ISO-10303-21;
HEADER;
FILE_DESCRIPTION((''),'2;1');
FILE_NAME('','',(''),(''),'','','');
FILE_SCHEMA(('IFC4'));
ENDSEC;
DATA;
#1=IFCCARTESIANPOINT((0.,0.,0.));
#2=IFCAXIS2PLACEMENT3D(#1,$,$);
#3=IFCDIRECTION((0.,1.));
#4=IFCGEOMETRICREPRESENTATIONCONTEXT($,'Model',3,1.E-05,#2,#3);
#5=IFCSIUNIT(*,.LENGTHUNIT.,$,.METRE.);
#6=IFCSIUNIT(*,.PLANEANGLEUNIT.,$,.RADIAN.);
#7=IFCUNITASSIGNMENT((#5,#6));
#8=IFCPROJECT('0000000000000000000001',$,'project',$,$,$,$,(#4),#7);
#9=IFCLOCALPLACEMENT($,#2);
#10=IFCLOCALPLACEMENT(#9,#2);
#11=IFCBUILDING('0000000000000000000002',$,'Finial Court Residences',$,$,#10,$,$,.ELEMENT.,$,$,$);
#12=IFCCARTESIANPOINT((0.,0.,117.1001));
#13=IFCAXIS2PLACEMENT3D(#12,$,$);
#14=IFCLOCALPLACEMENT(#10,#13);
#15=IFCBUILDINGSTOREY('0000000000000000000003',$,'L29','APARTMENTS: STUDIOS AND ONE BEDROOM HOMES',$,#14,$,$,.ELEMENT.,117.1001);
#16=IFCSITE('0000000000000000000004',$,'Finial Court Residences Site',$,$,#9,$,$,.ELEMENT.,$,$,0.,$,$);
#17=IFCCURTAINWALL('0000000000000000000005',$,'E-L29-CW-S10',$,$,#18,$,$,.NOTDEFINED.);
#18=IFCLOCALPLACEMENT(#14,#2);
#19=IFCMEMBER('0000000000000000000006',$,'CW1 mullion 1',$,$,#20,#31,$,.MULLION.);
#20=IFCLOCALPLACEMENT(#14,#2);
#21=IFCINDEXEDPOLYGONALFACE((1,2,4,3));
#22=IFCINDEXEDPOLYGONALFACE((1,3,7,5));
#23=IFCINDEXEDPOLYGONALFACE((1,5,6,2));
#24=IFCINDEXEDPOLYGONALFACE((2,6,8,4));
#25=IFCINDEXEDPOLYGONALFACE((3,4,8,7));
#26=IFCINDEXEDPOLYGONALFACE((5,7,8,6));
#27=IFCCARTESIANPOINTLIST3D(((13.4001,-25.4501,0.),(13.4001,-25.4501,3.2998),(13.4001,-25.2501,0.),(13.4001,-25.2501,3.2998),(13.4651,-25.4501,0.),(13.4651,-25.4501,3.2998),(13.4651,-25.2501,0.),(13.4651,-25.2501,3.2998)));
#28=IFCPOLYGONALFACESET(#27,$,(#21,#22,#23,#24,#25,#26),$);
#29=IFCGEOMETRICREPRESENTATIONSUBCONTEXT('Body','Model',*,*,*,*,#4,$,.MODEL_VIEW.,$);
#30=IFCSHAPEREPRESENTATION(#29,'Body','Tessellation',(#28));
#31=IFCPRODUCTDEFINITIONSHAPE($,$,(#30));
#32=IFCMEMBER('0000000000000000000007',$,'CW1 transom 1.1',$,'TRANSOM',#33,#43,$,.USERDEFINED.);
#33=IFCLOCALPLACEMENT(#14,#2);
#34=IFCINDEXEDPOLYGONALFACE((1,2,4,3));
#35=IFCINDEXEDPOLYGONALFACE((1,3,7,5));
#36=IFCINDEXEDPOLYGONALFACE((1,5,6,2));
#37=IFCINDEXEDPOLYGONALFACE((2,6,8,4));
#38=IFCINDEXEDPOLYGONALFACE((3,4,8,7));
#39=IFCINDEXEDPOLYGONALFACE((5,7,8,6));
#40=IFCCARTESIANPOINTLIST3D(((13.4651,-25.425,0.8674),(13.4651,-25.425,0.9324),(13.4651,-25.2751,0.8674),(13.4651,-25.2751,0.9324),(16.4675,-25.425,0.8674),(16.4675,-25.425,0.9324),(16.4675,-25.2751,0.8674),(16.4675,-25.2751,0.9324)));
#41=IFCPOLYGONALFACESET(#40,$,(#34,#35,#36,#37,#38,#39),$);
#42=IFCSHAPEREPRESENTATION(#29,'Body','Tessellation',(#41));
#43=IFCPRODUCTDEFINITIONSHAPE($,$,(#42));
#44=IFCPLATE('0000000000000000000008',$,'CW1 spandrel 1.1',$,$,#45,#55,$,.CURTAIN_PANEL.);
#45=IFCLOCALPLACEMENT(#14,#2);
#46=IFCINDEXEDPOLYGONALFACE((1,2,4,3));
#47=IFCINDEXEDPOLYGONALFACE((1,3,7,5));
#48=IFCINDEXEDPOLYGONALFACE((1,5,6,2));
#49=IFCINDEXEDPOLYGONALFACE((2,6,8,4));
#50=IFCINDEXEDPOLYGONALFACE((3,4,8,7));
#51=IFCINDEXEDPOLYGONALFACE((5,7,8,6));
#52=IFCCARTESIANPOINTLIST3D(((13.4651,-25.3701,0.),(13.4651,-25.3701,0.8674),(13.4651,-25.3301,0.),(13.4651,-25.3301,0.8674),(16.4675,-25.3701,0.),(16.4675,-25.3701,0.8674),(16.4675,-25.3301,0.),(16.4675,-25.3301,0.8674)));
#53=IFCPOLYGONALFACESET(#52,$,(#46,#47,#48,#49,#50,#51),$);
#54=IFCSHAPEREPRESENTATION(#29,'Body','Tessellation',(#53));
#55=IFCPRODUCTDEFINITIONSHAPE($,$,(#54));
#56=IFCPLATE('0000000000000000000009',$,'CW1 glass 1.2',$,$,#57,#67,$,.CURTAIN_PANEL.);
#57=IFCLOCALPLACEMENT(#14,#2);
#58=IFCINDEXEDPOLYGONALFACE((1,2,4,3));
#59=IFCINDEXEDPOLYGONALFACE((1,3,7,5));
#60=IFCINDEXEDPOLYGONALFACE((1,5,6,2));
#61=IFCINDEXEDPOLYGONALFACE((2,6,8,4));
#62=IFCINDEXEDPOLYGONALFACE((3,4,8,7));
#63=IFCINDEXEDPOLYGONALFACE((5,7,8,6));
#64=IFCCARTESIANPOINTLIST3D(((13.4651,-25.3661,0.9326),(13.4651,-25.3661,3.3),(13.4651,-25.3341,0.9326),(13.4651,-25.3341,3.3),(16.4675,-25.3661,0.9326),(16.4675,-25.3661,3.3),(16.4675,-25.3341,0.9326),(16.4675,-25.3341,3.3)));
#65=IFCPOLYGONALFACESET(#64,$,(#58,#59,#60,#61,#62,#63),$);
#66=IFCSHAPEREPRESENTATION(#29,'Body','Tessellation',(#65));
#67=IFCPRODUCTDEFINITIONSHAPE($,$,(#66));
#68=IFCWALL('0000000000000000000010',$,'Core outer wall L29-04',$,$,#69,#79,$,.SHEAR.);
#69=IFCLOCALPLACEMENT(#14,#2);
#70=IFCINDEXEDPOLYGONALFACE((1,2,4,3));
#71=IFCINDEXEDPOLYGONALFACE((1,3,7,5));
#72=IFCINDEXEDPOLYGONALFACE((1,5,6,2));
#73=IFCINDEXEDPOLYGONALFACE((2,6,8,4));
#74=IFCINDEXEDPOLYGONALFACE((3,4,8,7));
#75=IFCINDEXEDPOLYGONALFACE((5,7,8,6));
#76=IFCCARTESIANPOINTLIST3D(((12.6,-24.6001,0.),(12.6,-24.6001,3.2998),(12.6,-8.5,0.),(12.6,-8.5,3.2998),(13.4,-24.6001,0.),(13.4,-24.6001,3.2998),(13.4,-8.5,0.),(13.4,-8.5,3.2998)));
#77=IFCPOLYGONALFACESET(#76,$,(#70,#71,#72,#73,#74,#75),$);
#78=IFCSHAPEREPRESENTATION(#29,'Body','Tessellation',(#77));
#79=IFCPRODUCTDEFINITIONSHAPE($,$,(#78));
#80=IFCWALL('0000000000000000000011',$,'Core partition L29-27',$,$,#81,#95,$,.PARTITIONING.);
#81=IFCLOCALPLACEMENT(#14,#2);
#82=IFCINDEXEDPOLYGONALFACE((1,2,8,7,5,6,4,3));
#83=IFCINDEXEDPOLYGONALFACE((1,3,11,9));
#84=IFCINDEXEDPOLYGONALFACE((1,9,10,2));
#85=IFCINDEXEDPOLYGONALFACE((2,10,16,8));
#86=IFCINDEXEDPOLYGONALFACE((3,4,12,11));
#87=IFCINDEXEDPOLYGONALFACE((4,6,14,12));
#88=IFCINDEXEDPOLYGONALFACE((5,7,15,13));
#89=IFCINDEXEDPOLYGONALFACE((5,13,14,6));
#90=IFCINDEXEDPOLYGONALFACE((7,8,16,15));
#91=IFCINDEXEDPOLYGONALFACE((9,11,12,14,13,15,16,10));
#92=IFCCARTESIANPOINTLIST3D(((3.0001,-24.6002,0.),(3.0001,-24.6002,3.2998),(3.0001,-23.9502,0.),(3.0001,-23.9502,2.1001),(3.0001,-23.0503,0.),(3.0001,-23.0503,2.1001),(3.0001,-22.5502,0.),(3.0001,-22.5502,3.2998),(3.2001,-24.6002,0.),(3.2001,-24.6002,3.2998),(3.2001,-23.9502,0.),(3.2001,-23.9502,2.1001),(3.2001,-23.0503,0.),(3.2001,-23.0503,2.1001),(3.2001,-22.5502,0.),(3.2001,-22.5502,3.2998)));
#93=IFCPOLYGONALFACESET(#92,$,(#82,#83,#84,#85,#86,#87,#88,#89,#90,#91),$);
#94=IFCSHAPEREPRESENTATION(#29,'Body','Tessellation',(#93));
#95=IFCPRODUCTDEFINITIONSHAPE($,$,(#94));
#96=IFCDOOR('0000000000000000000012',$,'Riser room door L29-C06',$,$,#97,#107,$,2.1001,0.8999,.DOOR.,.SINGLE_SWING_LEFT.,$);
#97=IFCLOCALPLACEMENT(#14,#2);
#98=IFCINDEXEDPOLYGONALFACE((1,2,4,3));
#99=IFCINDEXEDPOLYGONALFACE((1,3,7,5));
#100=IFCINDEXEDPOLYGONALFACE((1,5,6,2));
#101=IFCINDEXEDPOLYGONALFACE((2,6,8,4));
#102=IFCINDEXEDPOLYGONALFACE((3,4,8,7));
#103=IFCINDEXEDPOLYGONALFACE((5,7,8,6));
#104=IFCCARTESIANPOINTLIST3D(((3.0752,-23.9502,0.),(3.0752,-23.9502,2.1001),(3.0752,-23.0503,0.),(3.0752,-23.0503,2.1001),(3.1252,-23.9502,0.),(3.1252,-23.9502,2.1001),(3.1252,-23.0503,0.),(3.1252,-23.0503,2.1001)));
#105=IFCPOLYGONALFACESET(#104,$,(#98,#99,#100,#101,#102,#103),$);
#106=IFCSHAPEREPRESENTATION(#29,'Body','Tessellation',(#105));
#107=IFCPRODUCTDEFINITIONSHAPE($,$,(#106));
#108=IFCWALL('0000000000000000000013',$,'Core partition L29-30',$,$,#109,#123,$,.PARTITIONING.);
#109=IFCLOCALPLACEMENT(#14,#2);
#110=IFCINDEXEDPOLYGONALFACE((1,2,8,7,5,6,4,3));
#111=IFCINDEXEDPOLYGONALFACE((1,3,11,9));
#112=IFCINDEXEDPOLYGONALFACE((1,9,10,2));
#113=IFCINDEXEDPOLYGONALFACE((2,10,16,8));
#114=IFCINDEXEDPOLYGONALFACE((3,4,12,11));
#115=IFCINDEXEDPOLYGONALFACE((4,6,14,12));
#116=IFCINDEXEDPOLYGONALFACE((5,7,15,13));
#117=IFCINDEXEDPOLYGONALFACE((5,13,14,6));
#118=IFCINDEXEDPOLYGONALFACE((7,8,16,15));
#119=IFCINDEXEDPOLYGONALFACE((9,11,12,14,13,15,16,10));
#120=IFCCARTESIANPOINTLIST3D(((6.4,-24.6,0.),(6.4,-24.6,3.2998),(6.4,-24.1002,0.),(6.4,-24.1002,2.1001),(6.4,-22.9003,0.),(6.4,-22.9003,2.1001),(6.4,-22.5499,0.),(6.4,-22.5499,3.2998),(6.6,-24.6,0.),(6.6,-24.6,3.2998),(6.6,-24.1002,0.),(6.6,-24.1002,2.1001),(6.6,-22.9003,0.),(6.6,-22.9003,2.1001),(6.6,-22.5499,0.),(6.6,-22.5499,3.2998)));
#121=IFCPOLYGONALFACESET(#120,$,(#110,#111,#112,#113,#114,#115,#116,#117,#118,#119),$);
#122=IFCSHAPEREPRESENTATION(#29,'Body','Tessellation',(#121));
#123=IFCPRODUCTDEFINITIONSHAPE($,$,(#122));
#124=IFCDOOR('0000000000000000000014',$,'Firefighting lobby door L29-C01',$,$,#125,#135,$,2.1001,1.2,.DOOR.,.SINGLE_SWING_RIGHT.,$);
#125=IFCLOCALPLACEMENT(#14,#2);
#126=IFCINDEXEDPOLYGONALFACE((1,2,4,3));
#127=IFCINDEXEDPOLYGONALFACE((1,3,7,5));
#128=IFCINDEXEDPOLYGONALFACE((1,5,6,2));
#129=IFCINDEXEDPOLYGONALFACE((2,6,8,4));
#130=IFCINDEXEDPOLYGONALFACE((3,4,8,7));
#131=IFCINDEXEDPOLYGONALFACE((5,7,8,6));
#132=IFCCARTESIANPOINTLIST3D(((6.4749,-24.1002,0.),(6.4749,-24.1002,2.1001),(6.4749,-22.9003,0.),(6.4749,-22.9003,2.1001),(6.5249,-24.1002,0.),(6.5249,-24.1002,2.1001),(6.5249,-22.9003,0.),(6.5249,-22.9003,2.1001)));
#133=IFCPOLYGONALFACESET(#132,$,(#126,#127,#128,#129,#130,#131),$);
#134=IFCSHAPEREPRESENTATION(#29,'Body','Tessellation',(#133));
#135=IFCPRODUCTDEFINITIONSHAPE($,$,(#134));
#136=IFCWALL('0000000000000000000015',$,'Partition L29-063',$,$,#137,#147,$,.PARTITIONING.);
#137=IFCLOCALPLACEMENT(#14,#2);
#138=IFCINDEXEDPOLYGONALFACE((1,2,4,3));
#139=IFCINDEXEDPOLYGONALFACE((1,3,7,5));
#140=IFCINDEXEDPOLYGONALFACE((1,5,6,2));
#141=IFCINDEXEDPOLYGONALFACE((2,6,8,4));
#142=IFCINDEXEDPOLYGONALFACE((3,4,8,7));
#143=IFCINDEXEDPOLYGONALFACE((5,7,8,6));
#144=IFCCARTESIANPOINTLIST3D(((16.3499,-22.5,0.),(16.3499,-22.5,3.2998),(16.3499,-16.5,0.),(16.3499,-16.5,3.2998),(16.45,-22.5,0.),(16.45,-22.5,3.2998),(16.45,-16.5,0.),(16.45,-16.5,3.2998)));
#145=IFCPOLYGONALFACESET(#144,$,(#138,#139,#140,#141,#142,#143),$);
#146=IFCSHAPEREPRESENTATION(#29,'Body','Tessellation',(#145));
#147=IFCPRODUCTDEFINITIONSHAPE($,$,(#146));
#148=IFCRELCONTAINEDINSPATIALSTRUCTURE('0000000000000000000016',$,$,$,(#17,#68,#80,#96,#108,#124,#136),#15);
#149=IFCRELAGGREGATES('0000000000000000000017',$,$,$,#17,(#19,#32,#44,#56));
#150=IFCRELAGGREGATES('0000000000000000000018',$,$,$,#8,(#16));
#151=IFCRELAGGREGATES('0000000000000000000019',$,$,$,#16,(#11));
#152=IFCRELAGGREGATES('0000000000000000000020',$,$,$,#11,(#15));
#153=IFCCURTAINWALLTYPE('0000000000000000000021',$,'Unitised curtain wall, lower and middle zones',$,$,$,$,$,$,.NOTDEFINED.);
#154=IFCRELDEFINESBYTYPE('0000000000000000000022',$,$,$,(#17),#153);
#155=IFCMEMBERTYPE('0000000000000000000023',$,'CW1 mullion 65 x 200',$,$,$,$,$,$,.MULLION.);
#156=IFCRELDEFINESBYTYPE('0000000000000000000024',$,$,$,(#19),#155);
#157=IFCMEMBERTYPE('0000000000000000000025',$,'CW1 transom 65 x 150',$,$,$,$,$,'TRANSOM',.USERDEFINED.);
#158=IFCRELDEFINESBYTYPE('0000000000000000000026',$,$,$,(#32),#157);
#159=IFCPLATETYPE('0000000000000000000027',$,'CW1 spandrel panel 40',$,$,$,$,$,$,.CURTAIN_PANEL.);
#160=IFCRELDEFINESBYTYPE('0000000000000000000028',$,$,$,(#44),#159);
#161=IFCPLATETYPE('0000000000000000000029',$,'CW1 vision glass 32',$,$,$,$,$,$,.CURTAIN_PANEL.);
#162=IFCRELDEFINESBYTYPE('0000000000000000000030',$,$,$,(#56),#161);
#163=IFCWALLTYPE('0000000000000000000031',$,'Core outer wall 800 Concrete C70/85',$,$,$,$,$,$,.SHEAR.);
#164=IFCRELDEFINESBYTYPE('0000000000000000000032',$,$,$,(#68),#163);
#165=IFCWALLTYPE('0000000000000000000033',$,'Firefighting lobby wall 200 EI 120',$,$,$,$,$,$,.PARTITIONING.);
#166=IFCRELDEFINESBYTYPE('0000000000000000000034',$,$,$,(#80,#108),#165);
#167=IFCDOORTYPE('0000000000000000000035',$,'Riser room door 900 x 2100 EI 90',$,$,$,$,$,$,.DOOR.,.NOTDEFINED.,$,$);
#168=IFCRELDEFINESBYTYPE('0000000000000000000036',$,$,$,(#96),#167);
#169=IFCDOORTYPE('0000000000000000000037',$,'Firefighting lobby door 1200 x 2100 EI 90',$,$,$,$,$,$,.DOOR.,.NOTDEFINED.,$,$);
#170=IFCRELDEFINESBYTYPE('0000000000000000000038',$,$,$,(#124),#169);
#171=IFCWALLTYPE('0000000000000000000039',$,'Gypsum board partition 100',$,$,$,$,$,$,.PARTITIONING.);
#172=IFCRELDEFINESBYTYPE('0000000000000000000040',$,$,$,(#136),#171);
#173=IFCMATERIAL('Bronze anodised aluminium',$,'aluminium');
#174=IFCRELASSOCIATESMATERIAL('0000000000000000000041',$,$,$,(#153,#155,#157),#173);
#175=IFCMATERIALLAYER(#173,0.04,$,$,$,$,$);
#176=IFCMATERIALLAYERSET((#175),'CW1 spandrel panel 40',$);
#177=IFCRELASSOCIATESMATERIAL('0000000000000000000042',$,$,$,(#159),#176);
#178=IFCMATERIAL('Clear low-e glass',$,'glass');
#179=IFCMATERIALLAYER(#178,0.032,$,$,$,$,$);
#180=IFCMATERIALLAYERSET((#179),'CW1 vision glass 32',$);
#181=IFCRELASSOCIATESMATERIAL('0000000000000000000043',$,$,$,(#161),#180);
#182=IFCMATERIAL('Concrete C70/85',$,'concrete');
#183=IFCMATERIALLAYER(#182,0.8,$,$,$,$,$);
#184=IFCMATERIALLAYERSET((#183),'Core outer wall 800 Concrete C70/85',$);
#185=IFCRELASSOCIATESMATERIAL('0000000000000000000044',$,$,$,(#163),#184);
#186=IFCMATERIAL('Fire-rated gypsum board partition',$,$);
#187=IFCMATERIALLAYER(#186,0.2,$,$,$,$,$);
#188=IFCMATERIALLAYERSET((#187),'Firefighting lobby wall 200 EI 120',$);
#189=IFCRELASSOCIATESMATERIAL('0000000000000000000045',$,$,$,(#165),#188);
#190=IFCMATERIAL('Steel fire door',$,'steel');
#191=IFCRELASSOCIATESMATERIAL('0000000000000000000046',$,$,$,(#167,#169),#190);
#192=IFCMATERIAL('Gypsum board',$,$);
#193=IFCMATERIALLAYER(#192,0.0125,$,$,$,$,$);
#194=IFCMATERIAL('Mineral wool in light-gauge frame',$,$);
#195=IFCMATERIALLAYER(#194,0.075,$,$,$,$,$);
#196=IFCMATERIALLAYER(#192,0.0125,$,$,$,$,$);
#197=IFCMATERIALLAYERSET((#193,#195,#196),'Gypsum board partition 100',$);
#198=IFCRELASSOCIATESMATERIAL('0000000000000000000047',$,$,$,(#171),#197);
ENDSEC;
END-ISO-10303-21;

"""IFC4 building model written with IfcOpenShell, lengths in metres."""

from ifc_helpers import new_model, si_unit, direction, frame, frame_2d, origin, origin_2d, place, context, subcontext, project, spatial, rectangle, extrude, material, layer, layer_set, material_profile, profile_set, type_object, element, fill, aggregate, save


model = new_model("IFC4")

# Units and contexts
model_context = context("Model", 3, precision=1e-05, world=origin(), true_north=direction((0.0, 1.0)))
body_context = subcontext(model_context, "Body", "Model", "MODEL_VIEW")
ifc_project = project(units=[si_unit("LENGTHUNIT", "METRE"), si_unit("PLANEANGLEUNIT", "RADIAN")], contexts=[model_context])

# Site, building, storey
site_placement = place(None, origin())
site = spatial("IfcSite", under=ifc_project, at=site_placement, Name="Finial Court Residences Site", CompositionType="ELEMENT", RefElevation=0.0)
building_placement = place(site_placement, origin())
building = spatial("IfcBuilding", under=site, at=building_placement, Name="Finial Court Residences", CompositionType="ELEMENT")
storey_placement = place(building_placement, frame((0.0, 0.0, 117.1001)))
storey = spatial("IfcBuildingStorey", under=building, at=storey_placement, Name="L29", Description="APARTMENTS: STUDIOS AND ONE BEDROOM HOMES", CompositionType="ELEMENT", Elevation=117.1001)

# Curtain wall, members, plates
ifc_material_1 = material(Name="Bronze anodised aluminium", Category="aluminium")
curtain_wall_type = type_object("IfcCurtainWallType", Name="Unitised curtain wall, lower and middle zones", PredefinedType="NOTDEFINED", material=ifc_material_1)
curtain_wall_placement = place(storey_placement, origin())
curtain_wall = element("IfcCurtainWall", 1, at=curtain_wall_placement, inside=storey, type_object=curtain_wall_type, Name="E-L29-CW-S10", PredefinedType="NOTDEFINED")
ifc_material_profile_1 = material_profile(ifc_material_1, rectangle(XDim=0.2, YDim=0.0649, at=origin_2d()), Name="CW1 mullion 65 x 200")
ifc_profile_set_1 = profile_set([ifc_material_profile_1], Name="Bronze anodised aluminium")
member_type_1 = type_object("IfcMemberType", Name="CW1 mullion 65 x 200", PredefinedType="MULLION", material=ifc_profile_set_1)
member_1_placement = place(storey_placement, frame((13.4326, -25.3501, 0.0), z_axis=(0.0, 0.0, 1.0), x_axis=(0.0, 1.0, 0.0)))
member_1 = element("IfcMember", 2, at=member_1_placement, type_object=member_type_1, Name="CW1 mullion 1", PredefinedType="MULLION", context=body_context, shape_type="SweptSolid", body=[
    extrude(rectangle(XDim=0.2, YDim=0.0649, at=origin_2d()), origin(), (0.0, 0.0, 1.0), 3.2998),
])
ifc_material_profile_2 = material_profile(ifc_material_1, rectangle(XDim=0.1499, YDim=0.0649, at=origin_2d()), Name="CW1 transom 65 x 150")
ifc_profile_set_2 = profile_set([ifc_material_profile_2], Name="Bronze anodised aluminium")
member_type_2 = type_object("IfcMemberType", Name="CW1 transom 65 x 150", ElementType="TRANSOM", PredefinedType="USERDEFINED", material=ifc_profile_set_2)
member_2_placement = place(storey_placement, frame((13.4651, -25.3501, 0.8999), z_axis=(1.0, 0.0, 0.0), x_axis=(0.0, 1.0, 0.0)))
member_2 = element("IfcMember", 3, at=member_2_placement, type_object=member_type_2, Name="CW1 transom 1.1", ObjectType="TRANSOM", PredefinedType="USERDEFINED", context=body_context, shape_type="SweptSolid", body=[
    extrude(rectangle(XDim=0.1499, YDim=0.0649, at=origin_2d()), origin(), (0.0, 0.0, 1.0), 3.0024),
])
ifc_layer_1 = layer(ifc_material_1, 0.04)
ifc_layer_set_1 = layer_set([ifc_layer_1], Name="CW1 spandrel panel 40")
plate_type_1 = type_object("IfcPlateType", Name="CW1 spandrel panel 40", PredefinedType="CURTAIN_PANEL", material=ifc_layer_set_1)
plate_1_placement = place(storey_placement, frame((14.9663, -25.3501, 0.0), z_axis=(0.0, 0.0, 1.0), x_axis=(1.0, 0.0, 0.0)))
plate_1 = element("IfcPlate", 4, at=plate_1_placement, type_object=plate_type_1, Name="CW1 spandrel 1.1", PredefinedType="CURTAIN_PANEL", context=body_context, shape_type="SweptSolid", body=[
    extrude(rectangle(XDim=3.0024, YDim=0.04, at=origin_2d()), origin(), (0.0, 0.0, 1.0), 0.8674),
])
ifc_material_2 = material(Name="Clear low-e glass", Category="glass")
ifc_layer_2 = layer(ifc_material_2, 0.032)
ifc_layer_set_2 = layer_set([ifc_layer_2], Name="CW1 vision glass 32")
plate_type_2 = type_object("IfcPlateType", Name="CW1 vision glass 32", PredefinedType="CURTAIN_PANEL", material=ifc_layer_set_2)
plate_2_placement = place(storey_placement, frame((14.9663, -25.3501, 0.9326), z_axis=(0.0, 0.0, 1.0), x_axis=(1.0, 0.0, 0.0)))
plate_2 = element("IfcPlate", 5, at=plate_2_placement, type_object=plate_type_2, Name="CW1 glass 1.2", PredefinedType="CURTAIN_PANEL", context=body_context, shape_type="SweptSolid", body=[
    extrude(rectangle(XDim=3.0024, YDim=0.032, at=origin_2d()), origin(), (0.0, 0.0, 1.0), 2.3674),
])
aggregate(curtain_wall, [member_1, member_2, plate_1, plate_2])

# Wall
ifc_material_3 = material(Name="Concrete C70/85", Category="concrete")
ifc_layer_3 = layer(ifc_material_3, 0.8)
ifc_layer_set_3 = layer_set([ifc_layer_3], Name="Core outer wall 800 Concrete C70/85")
wall_type_1 = type_object("IfcWallType", Name="Core outer wall 800 Concrete C70/85", PredefinedType="SHEAR", material=ifc_layer_set_3)
wall_1_placement = place(storey_placement, frame((13.0, -24.6001, 0.0), z_axis=(0.0, 0.0, 1.0), x_axis=(0.0, 1.0, 0.0)))
element("IfcWall", 6, at=wall_1_placement, inside=storey, type_object=wall_type_1, Name="Core outer wall L29-04", PredefinedType="SHEAR", context=body_context, shape_type="SweptSolid", body=[
    extrude(rectangle(XDim=16.1001, YDim=0.8, at=frame_2d((8.05, 0.0))), origin(), (0.0, 0.0, 1.0), 3.2998),
])

# Walls, openings, doors
ifc_material_4 = material(Name="Fire-rated gypsum board partition")
ifc_layer_4 = layer(ifc_material_4, 0.2)
ifc_layer_set_4 = layer_set([ifc_layer_4], Name="Firefighting lobby wall 200 EI 120")
wall_type_2 = type_object("IfcWallType", Name="Firefighting lobby wall 200 EI 120", PredefinedType="PARTITIONING", material=ifc_layer_set_4)
wall_2_placement = place(storey_placement, frame((3.1001, -24.6001, 0.0), z_axis=(0.0, 0.0, 1.0), x_axis=(0.0, 1.0, 0.0)))
wall_2 = element("IfcWall", 7, at=wall_2_placement, inside=storey, type_object=wall_type_2, Name="Core partition L29-27", PredefinedType="PARTITIONING", context=body_context, shape_type="SweptSolid", body=[
    extrude(rectangle(XDim=2.05, YDim=0.2, at=frame_2d((1.0249, 0.0))), origin(), (0.0, 0.0, 1.0), 3.2998),
])
opening_1_placement = place(wall_2_placement, frame((0.6499, 0.0, 0.0)))
opening_1 = element("IfcOpeningElement", 8, at=opening_1_placement, cuts=wall_2, PredefinedType="OPENING", context=body_context, shape_type="SweptSolid", body=[
    extrude(rectangle(XDim=0.8999, YDim=2.1001, at=frame_2d((0.45, 1.05))), frame((0.0, 0.1099, 0.0), z_axis=(0.0, -1.0, 0.0), x_axis=(1.0, 0.0, 0.0)), (0.0, 0.0, 1.0), 0.22),
])
ifc_material_5 = material(Name="Steel fire door", Category="steel")
door_type_1 = type_object("IfcDoorType", Name="Riser room door 900 x 2100 EI 90", OperationType="NOTDEFINED", PredefinedType="DOOR", material=ifc_material_5)
door_1_placement = place(opening_1_placement, origin())
door_1 = element("IfcDoor", 9, at=door_1_placement, inside=storey, type_object=door_type_1, Name="Riser room door L29-C06", OperationType="SINGLE_SWING_LEFT", OverallHeight=2.1001, OverallWidth=0.8999, PredefinedType="DOOR", context=body_context, shape_type="SweptSolid", body=[
    extrude(rectangle(XDim=0.8999, YDim=2.1001, at=frame_2d((0.45, 1.05))), frame((0.0, 0.0249, 0.0), z_axis=(0.0, -1.0, 0.0), x_axis=(1.0, 0.0, 0.0)), (0.0, 0.0, 1.0), 0.05),
])
fill(opening_1, door_1)
wall_3_placement = place(storey_placement, frame((6.5, -22.55, 0.0), z_axis=(0.0, 0.0, 1.0), x_axis=(0.0, -1.0, 0.0)))
wall_3 = element("IfcWall", 10, at=wall_3_placement, inside=storey, type_object=wall_type_2, Name="Core partition L29-30", PredefinedType="PARTITIONING", context=body_context, shape_type="SweptSolid", body=[
    extrude(rectangle(XDim=2.05, YDim=0.2, at=frame_2d((1.0249, 0.0))), origin(), (0.0, 0.0, 1.0), 3.2998),
])
opening_2_placement = place(wall_3_placement, frame((0.3501, 0.0, 0.0)))
opening_2 = element("IfcOpeningElement", 11, at=opening_2_placement, cuts=wall_3, PredefinedType="OPENING", context=body_context, shape_type="SweptSolid", body=[
    extrude(rectangle(XDim=1.2, YDim=2.1001, at=frame_2d((0.6001, 1.05))), frame((0.0, 0.1099, 0.0), z_axis=(0.0, -1.0, 0.0), x_axis=(1.0, 0.0, 0.0)), (0.0, 0.0, 1.0), 0.22),
])
door_type_2 = type_object("IfcDoorType", Name="Firefighting lobby door 1200 x 2100 EI 90", OperationType="NOTDEFINED", PredefinedType="DOOR", material=ifc_material_5)
door_2_placement = place(opening_2_placement, origin())
door_2 = element("IfcDoor", 12, at=door_2_placement, inside=storey, type_object=door_type_2, Name="Firefighting lobby door L29-C01", OperationType="SINGLE_SWING_RIGHT", OverallHeight=2.1001, OverallWidth=1.2, PredefinedType="DOOR", context=body_context, shape_type="SweptSolid", body=[
    extrude(rectangle(XDim=1.2, YDim=2.1001, at=frame_2d((0.6001, 1.05))), frame((0.0, 0.0249, 0.0), z_axis=(0.0, -1.0, 0.0), x_axis=(1.0, 0.0, 0.0)), (0.0, 0.0, 1.0), 0.05),
])
fill(opening_2, door_2)

# Wall
ifc_material_6 = material(Name="Gypsum board")
ifc_layer_5 = layer(ifc_material_6, 0.0125)
ifc_material_7 = material(Name="Mineral wool in light-gauge frame")
ifc_layer_6 = layer(ifc_material_7, 0.075)
ifc_layer_7 = layer(ifc_material_6, 0.0125)
ifc_layer_set_5 = layer_set([ifc_layer_5, ifc_layer_6, ifc_layer_7], Name="Gypsum board partition 100")
wall_type_3 = type_object("IfcWallType", Name="Gypsum board partition 100", PredefinedType="PARTITIONING", material=ifc_layer_set_5)
wall_4_placement = place(storey_placement, frame((16.3999, -22.5, 0.0), z_axis=(0.0, 0.0, 1.0), x_axis=(0.0, 1.0, 0.0)))
element("IfcWall", 13, at=wall_4_placement, inside=storey, type_object=wall_type_3, Name="Partition L29-063", PredefinedType="PARTITIONING", context=body_context, shape_type="SweptSolid", body=[
    extrude(rectangle(XDim=6.0, YDim=0.1001, at=frame_2d((3.0, 0.0))), origin(), (0.0, 0.0, 1.0), 3.2998),
])

save(model, "model.ifc")
